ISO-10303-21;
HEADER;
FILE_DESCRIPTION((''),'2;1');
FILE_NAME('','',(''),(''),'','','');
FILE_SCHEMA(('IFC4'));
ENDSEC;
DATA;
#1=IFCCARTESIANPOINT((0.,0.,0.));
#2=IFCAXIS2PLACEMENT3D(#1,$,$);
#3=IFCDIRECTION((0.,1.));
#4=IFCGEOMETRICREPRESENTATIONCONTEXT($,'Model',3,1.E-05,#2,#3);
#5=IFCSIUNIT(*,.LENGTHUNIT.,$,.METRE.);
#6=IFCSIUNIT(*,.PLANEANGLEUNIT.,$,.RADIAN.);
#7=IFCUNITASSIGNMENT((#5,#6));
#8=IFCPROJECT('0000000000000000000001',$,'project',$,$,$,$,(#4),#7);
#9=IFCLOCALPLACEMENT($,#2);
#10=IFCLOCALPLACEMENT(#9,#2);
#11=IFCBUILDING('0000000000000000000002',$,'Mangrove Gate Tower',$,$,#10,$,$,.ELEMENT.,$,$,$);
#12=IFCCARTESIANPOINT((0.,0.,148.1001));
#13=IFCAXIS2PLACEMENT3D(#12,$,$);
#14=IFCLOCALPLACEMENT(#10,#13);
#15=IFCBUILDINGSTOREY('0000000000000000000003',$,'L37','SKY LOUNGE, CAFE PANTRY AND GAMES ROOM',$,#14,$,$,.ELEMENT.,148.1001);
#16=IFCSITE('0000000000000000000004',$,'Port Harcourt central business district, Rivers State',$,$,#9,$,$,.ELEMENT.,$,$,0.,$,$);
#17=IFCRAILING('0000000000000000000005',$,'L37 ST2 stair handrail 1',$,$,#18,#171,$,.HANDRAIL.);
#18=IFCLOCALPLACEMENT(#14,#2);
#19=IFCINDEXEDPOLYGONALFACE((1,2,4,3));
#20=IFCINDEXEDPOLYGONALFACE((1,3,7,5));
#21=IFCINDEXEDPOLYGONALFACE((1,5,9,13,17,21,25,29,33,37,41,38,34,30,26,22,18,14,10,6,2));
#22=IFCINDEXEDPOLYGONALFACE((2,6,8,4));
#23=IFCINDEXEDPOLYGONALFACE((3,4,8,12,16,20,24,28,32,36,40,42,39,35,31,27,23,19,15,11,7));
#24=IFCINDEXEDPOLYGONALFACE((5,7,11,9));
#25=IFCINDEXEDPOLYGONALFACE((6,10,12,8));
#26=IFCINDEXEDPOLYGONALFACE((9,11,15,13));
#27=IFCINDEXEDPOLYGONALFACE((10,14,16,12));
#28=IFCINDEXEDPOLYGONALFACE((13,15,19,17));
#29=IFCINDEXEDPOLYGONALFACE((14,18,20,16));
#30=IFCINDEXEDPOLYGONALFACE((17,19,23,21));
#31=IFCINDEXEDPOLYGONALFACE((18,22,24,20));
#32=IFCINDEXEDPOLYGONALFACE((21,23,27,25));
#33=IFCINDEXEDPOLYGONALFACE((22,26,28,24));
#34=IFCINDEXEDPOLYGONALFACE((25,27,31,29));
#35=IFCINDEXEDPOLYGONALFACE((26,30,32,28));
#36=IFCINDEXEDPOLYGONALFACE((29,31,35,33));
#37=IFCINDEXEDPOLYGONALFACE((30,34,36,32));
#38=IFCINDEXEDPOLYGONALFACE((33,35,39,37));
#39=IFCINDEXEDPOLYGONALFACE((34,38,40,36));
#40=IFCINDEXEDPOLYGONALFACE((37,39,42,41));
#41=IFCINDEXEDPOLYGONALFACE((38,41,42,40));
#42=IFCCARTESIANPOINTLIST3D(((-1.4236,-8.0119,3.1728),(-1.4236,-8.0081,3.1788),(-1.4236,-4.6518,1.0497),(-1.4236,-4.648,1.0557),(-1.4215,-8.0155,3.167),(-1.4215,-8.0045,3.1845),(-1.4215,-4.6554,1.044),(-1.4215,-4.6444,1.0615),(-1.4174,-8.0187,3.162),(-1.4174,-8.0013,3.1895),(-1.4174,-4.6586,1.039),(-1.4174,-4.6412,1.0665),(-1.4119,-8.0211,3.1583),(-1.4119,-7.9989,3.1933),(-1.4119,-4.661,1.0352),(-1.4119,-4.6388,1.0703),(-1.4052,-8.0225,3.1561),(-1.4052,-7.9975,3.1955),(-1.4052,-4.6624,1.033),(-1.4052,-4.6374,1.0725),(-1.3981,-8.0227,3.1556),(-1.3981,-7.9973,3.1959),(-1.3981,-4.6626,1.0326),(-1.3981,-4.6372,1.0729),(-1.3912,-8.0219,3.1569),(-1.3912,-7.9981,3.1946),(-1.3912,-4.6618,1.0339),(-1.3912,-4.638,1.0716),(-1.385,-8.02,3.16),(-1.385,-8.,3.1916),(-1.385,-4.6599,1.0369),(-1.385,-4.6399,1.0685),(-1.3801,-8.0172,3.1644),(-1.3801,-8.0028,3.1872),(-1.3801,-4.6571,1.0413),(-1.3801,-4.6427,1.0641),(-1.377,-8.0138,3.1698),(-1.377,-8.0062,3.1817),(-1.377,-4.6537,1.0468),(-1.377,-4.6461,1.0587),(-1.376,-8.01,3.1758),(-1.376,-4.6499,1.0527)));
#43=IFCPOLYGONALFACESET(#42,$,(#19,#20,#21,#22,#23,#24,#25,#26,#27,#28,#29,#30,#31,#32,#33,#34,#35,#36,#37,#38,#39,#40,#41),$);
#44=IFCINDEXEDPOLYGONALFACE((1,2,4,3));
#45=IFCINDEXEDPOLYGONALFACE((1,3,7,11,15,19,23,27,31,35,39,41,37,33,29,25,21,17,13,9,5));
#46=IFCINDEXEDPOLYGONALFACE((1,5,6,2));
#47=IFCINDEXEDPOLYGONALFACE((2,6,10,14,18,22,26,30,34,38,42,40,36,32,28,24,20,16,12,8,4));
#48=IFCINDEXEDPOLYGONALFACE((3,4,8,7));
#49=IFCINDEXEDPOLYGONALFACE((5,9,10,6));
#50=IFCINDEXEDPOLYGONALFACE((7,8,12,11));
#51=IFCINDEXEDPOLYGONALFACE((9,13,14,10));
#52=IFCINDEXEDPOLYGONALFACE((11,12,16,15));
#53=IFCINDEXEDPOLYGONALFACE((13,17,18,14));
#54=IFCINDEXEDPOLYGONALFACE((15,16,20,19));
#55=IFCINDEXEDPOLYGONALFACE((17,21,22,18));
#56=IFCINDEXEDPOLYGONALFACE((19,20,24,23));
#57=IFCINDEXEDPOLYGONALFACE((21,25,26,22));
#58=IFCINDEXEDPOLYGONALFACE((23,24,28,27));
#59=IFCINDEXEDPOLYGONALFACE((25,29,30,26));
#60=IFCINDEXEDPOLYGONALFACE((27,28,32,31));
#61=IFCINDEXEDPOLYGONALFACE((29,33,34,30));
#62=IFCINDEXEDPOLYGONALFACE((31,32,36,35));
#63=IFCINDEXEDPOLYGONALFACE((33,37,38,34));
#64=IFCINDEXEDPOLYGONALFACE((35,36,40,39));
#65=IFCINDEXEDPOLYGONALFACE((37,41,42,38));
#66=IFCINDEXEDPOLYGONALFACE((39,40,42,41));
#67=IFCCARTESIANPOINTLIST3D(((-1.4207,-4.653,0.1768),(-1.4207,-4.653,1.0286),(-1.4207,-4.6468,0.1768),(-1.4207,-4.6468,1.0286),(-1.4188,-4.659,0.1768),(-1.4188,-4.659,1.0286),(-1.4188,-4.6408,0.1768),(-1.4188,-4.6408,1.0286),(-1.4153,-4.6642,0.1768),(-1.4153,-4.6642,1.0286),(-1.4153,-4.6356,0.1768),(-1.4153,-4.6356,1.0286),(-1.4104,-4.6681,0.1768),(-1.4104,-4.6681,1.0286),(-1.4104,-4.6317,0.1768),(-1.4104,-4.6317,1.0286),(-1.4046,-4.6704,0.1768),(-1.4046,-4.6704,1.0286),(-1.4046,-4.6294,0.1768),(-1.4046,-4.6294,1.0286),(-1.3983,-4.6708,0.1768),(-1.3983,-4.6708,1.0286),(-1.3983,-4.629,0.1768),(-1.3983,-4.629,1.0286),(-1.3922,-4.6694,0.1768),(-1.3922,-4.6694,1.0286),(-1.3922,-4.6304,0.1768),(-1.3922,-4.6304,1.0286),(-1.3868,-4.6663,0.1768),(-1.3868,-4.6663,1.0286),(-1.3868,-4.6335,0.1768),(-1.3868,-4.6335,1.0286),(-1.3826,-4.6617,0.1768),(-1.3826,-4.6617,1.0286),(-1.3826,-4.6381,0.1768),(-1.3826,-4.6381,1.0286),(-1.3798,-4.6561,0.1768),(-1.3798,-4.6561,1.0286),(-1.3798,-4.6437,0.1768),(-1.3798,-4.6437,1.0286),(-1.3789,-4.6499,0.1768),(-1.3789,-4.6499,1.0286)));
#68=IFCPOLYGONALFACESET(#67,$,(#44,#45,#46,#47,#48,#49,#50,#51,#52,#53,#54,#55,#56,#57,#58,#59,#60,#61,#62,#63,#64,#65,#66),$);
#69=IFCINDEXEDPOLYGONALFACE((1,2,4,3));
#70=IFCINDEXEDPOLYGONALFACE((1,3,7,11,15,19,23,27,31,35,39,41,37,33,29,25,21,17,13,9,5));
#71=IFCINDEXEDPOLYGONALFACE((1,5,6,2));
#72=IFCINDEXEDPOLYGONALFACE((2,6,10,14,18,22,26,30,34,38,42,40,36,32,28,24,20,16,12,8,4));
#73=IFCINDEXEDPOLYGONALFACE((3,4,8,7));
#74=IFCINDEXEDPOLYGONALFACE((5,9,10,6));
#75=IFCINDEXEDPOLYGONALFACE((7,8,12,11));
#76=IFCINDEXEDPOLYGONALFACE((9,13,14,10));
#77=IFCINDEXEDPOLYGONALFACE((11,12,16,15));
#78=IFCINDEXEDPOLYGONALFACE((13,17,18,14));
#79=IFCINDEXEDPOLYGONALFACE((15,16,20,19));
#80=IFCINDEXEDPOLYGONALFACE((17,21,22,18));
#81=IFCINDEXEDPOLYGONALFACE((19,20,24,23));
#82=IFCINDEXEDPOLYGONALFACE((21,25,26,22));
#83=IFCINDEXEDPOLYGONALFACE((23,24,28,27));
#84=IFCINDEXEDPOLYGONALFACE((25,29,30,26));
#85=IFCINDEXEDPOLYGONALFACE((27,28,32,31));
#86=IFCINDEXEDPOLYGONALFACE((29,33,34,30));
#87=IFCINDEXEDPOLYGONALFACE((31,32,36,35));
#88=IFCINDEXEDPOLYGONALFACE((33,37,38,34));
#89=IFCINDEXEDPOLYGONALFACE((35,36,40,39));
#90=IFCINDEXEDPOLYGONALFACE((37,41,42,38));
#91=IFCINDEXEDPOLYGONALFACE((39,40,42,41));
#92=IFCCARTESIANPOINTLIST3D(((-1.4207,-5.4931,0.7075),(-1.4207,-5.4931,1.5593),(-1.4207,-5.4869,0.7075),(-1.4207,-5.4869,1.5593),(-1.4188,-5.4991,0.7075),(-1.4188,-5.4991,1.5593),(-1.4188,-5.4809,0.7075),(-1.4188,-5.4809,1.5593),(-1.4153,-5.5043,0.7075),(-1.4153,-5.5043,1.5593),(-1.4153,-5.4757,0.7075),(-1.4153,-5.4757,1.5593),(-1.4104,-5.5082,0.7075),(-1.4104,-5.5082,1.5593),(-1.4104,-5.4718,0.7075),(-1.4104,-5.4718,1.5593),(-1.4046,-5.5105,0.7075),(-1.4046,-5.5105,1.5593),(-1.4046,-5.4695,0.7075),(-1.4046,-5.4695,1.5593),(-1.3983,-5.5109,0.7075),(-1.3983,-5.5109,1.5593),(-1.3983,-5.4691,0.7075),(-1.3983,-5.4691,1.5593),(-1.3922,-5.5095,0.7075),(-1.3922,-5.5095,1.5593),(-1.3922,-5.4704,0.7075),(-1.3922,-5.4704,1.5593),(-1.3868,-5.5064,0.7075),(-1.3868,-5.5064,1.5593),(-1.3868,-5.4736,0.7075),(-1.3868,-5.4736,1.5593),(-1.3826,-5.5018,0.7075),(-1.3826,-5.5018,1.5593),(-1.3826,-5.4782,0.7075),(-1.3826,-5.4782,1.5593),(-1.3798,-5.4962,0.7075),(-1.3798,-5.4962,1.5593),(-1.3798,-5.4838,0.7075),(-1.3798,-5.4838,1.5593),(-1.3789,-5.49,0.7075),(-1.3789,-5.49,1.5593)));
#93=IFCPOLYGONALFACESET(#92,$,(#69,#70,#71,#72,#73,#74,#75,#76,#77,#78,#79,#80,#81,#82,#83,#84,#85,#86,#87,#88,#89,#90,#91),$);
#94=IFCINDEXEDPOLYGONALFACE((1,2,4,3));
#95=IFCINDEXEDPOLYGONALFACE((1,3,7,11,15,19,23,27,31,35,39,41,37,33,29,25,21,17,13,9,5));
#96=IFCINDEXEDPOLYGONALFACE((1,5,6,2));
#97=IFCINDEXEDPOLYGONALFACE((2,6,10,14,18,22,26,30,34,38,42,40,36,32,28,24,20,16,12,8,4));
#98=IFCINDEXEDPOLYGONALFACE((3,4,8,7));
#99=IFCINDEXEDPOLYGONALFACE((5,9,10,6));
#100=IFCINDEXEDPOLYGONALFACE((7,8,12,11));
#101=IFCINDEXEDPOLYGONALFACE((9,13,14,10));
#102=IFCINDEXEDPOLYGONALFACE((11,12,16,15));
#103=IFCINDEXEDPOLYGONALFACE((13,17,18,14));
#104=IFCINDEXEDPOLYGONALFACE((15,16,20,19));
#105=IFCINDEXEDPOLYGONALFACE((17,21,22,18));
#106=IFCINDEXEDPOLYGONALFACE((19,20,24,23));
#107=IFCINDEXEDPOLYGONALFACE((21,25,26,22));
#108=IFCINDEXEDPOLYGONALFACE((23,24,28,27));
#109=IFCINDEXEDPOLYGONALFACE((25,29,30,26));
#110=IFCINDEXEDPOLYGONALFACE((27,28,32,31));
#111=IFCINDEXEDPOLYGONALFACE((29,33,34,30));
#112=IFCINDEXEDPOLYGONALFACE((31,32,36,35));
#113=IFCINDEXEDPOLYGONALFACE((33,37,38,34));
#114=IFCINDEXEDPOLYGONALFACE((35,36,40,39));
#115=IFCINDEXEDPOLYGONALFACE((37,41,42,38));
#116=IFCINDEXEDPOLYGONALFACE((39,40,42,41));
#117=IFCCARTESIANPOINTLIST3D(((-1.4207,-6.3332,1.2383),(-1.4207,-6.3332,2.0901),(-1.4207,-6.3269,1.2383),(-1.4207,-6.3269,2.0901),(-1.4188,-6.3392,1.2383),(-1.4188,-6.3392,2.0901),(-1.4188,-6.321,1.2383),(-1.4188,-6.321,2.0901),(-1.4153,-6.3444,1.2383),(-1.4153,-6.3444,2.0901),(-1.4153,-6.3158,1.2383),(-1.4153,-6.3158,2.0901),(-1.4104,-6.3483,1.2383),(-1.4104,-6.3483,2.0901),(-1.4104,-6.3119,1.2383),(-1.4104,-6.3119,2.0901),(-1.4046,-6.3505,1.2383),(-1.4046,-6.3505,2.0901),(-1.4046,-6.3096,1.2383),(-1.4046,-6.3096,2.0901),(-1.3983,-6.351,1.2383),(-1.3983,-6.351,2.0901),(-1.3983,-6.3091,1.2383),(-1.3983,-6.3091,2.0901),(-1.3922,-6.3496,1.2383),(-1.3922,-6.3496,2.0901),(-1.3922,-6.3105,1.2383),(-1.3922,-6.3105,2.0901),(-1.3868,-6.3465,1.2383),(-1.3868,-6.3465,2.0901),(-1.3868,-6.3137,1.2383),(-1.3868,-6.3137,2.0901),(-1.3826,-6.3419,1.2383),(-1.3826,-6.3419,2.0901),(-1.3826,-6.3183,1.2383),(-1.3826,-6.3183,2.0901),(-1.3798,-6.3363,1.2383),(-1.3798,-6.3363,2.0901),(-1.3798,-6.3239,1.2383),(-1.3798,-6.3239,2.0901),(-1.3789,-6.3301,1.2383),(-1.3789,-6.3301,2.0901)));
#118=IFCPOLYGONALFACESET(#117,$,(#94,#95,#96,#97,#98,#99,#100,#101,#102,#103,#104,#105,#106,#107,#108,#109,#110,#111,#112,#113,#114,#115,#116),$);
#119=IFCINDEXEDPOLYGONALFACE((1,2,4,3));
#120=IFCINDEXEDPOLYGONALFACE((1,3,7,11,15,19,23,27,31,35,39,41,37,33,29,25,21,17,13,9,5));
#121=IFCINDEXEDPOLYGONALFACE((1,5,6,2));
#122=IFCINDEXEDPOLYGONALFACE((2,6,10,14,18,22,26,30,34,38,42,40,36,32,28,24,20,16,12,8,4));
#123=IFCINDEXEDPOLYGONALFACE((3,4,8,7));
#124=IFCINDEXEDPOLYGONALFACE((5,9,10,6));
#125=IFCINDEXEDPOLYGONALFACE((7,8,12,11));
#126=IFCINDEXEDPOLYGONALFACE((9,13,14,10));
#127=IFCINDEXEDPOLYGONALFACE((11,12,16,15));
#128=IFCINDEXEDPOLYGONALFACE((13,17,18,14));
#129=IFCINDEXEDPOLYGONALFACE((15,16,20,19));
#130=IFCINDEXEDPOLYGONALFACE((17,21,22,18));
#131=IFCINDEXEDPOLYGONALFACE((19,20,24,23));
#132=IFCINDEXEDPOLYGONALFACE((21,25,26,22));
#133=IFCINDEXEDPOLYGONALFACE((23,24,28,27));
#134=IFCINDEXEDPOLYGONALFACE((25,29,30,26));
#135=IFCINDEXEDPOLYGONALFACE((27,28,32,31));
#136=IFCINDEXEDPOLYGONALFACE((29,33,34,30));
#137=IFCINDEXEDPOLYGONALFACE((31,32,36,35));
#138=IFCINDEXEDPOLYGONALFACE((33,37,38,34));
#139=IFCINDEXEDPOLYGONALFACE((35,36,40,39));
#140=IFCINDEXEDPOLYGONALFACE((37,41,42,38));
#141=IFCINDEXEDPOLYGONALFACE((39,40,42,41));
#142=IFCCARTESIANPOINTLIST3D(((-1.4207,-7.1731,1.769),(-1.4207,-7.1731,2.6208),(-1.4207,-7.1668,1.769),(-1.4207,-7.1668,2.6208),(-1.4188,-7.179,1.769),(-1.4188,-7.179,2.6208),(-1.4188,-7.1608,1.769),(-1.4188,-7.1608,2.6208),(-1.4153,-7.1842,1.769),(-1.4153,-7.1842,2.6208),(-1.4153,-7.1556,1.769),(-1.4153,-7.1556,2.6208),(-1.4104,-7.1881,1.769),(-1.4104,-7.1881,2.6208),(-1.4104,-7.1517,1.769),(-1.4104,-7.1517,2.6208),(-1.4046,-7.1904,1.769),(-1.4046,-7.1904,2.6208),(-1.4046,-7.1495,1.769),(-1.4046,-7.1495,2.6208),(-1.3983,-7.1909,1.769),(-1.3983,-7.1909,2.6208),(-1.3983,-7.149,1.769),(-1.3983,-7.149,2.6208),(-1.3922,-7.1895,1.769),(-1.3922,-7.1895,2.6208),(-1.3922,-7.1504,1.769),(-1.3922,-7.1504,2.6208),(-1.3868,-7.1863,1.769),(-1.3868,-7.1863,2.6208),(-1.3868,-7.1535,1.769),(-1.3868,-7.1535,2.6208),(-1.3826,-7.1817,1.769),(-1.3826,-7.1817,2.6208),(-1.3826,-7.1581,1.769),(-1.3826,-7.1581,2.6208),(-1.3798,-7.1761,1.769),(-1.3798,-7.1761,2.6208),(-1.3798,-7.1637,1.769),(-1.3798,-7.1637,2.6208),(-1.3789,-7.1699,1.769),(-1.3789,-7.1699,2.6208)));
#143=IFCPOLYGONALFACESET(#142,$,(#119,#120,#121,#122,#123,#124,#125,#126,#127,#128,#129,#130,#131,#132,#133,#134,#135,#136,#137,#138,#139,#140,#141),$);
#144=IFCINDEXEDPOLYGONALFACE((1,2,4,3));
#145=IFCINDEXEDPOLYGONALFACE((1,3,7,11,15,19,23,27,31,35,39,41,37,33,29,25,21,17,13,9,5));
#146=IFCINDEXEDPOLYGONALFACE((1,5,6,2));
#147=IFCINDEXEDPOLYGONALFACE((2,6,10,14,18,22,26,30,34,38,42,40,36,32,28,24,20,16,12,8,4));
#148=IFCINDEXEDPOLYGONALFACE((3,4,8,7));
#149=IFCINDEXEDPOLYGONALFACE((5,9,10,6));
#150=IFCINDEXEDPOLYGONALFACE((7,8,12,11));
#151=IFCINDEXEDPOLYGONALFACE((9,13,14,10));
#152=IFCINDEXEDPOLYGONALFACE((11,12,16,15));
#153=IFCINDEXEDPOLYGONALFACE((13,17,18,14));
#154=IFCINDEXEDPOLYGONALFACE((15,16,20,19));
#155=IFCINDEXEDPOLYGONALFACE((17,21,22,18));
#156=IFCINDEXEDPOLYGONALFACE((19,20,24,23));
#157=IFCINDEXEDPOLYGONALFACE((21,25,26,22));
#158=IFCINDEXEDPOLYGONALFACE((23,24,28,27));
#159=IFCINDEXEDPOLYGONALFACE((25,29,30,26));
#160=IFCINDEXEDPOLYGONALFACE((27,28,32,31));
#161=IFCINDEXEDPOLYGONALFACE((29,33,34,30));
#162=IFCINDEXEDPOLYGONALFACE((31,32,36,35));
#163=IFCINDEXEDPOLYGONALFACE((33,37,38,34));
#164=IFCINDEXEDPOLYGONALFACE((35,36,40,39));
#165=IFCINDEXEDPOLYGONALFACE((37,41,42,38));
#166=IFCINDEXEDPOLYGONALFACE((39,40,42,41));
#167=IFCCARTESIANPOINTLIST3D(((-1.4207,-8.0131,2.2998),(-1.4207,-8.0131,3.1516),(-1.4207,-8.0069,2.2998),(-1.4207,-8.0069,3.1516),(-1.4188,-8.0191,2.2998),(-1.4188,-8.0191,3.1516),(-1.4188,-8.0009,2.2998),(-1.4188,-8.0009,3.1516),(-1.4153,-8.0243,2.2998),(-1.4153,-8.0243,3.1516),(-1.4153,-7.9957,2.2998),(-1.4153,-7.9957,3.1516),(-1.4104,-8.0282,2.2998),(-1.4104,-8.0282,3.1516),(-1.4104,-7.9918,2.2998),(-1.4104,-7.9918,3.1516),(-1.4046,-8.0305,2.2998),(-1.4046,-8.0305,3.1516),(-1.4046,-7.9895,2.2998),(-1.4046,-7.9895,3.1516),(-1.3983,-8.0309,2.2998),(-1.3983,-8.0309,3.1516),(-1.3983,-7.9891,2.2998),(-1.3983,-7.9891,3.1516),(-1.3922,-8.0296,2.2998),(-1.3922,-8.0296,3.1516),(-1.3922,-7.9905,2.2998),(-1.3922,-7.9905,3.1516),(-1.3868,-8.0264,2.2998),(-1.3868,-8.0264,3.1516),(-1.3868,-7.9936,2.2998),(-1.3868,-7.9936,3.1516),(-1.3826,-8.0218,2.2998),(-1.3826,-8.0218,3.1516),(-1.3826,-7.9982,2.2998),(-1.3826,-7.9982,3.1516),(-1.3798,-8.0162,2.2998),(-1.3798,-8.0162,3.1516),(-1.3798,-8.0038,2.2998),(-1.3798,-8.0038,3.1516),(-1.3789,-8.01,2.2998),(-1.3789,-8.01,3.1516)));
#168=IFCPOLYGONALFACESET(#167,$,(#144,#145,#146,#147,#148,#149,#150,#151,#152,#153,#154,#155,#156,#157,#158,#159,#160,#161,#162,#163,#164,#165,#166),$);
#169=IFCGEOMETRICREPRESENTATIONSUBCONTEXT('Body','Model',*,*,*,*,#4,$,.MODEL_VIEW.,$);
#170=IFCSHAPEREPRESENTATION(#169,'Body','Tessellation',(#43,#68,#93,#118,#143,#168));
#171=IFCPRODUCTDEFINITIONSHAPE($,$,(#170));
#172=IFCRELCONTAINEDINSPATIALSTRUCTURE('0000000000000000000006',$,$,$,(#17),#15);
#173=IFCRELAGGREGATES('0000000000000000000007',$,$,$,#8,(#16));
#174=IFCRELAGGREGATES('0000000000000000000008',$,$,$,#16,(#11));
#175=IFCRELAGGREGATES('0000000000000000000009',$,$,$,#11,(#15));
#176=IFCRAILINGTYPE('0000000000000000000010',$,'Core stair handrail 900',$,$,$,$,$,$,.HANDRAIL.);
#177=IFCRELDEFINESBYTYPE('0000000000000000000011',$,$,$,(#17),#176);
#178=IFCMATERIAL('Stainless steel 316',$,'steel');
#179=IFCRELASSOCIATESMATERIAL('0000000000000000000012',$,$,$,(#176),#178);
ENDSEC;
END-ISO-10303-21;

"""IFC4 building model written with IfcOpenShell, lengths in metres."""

from ifc_helpers import new_model, si_unit, direction, frame, origin, origin_2d, place, context, subcontext, project, spatial, circle, extrude, material, type_object, element, save


model = new_model("IFC4")

# Units and contexts
model_context = context("Model", 3, precision=1e-05, world=origin(), true_north=direction((0.0, 1.0)))
body_context = subcontext(model_context, "Body", "Model", "MODEL_VIEW")
ifc_project = project(units=[si_unit("LENGTHUNIT", "METRE"), si_unit("PLANEANGLEUNIT", "RADIAN")], contexts=[model_context])

# Site, building, storey
site_placement = place(None, origin())
site = spatial("IfcSite", under=ifc_project, at=site_placement, Name="Port Harcourt central business district, Rivers State", CompositionType="ELEMENT", RefElevation=0.0)
building_placement = place(site_placement, origin())
building = spatial("IfcBuilding", under=site, at=building_placement, Name="Mangrove Gate Tower", CompositionType="ELEMENT")
storey_placement = place(building_placement, frame((0.0, 0.0, 148.1001)))
storey = spatial("IfcBuildingStorey", under=building, at=storey_placement, Name="L37", Description="SKY LOUNGE, CAFE PANTRY AND GAMES ROOM", CompositionType="ELEMENT", Elevation=148.1001)

# Railing
ifc_material_1 = material(Name="Stainless steel 316", Category="steel")
railing_type_1 = type_object("IfcRailingType", Name="Core stair handrail 900", PredefinedType="HANDRAIL", material=ifc_material_1)
railing_1_placement = place(storey_placement, frame((-1.3999, -4.6499, 0.1768)))
element("IfcRailing", 1, at=railing_1_placement, inside=storey, type_object=railing_type_1, Name="L37 ST2 stair handrail 1", PredefinedType="HANDRAIL", context=body_context, shape_type="SweptSolid", body=[
    extrude(circle(Radius=0.0239, at=origin_2d()), frame((0.0, 0.0, 0.876), z_axis=(0.0, -0.84539, 0.53415), x_axis=(1.0, 0.0, 0.0)), (0.0, 0.0, 1.0), 3.9746),
    extrude(circle(Radius=0.021, at=origin_2d()), origin(), (0.0, 0.0, 1.0), 0.8518),
    extrude(circle(Radius=0.021, at=origin_2d()), frame((0.0, -0.8401, 0.5308)), (0.0, 0.0, 1.0), 0.8518),
    extrude(circle(Radius=0.021, at=origin_2d()), frame((0.0, -1.6802, 1.0615)), (0.0, 0.0, 1.0), 0.8518),
    extrude(circle(Radius=0.021, at=origin_2d()), frame((0.0, -2.52, 1.5923)), (0.0, 0.0, 1.0), 0.8518),
    extrude(circle(Radius=0.021, at=origin_2d()), frame((0.0, -3.3601, 2.123)), (0.0, 0.0, 1.0), 0.8518),
])

save(model, "model.ifc")
